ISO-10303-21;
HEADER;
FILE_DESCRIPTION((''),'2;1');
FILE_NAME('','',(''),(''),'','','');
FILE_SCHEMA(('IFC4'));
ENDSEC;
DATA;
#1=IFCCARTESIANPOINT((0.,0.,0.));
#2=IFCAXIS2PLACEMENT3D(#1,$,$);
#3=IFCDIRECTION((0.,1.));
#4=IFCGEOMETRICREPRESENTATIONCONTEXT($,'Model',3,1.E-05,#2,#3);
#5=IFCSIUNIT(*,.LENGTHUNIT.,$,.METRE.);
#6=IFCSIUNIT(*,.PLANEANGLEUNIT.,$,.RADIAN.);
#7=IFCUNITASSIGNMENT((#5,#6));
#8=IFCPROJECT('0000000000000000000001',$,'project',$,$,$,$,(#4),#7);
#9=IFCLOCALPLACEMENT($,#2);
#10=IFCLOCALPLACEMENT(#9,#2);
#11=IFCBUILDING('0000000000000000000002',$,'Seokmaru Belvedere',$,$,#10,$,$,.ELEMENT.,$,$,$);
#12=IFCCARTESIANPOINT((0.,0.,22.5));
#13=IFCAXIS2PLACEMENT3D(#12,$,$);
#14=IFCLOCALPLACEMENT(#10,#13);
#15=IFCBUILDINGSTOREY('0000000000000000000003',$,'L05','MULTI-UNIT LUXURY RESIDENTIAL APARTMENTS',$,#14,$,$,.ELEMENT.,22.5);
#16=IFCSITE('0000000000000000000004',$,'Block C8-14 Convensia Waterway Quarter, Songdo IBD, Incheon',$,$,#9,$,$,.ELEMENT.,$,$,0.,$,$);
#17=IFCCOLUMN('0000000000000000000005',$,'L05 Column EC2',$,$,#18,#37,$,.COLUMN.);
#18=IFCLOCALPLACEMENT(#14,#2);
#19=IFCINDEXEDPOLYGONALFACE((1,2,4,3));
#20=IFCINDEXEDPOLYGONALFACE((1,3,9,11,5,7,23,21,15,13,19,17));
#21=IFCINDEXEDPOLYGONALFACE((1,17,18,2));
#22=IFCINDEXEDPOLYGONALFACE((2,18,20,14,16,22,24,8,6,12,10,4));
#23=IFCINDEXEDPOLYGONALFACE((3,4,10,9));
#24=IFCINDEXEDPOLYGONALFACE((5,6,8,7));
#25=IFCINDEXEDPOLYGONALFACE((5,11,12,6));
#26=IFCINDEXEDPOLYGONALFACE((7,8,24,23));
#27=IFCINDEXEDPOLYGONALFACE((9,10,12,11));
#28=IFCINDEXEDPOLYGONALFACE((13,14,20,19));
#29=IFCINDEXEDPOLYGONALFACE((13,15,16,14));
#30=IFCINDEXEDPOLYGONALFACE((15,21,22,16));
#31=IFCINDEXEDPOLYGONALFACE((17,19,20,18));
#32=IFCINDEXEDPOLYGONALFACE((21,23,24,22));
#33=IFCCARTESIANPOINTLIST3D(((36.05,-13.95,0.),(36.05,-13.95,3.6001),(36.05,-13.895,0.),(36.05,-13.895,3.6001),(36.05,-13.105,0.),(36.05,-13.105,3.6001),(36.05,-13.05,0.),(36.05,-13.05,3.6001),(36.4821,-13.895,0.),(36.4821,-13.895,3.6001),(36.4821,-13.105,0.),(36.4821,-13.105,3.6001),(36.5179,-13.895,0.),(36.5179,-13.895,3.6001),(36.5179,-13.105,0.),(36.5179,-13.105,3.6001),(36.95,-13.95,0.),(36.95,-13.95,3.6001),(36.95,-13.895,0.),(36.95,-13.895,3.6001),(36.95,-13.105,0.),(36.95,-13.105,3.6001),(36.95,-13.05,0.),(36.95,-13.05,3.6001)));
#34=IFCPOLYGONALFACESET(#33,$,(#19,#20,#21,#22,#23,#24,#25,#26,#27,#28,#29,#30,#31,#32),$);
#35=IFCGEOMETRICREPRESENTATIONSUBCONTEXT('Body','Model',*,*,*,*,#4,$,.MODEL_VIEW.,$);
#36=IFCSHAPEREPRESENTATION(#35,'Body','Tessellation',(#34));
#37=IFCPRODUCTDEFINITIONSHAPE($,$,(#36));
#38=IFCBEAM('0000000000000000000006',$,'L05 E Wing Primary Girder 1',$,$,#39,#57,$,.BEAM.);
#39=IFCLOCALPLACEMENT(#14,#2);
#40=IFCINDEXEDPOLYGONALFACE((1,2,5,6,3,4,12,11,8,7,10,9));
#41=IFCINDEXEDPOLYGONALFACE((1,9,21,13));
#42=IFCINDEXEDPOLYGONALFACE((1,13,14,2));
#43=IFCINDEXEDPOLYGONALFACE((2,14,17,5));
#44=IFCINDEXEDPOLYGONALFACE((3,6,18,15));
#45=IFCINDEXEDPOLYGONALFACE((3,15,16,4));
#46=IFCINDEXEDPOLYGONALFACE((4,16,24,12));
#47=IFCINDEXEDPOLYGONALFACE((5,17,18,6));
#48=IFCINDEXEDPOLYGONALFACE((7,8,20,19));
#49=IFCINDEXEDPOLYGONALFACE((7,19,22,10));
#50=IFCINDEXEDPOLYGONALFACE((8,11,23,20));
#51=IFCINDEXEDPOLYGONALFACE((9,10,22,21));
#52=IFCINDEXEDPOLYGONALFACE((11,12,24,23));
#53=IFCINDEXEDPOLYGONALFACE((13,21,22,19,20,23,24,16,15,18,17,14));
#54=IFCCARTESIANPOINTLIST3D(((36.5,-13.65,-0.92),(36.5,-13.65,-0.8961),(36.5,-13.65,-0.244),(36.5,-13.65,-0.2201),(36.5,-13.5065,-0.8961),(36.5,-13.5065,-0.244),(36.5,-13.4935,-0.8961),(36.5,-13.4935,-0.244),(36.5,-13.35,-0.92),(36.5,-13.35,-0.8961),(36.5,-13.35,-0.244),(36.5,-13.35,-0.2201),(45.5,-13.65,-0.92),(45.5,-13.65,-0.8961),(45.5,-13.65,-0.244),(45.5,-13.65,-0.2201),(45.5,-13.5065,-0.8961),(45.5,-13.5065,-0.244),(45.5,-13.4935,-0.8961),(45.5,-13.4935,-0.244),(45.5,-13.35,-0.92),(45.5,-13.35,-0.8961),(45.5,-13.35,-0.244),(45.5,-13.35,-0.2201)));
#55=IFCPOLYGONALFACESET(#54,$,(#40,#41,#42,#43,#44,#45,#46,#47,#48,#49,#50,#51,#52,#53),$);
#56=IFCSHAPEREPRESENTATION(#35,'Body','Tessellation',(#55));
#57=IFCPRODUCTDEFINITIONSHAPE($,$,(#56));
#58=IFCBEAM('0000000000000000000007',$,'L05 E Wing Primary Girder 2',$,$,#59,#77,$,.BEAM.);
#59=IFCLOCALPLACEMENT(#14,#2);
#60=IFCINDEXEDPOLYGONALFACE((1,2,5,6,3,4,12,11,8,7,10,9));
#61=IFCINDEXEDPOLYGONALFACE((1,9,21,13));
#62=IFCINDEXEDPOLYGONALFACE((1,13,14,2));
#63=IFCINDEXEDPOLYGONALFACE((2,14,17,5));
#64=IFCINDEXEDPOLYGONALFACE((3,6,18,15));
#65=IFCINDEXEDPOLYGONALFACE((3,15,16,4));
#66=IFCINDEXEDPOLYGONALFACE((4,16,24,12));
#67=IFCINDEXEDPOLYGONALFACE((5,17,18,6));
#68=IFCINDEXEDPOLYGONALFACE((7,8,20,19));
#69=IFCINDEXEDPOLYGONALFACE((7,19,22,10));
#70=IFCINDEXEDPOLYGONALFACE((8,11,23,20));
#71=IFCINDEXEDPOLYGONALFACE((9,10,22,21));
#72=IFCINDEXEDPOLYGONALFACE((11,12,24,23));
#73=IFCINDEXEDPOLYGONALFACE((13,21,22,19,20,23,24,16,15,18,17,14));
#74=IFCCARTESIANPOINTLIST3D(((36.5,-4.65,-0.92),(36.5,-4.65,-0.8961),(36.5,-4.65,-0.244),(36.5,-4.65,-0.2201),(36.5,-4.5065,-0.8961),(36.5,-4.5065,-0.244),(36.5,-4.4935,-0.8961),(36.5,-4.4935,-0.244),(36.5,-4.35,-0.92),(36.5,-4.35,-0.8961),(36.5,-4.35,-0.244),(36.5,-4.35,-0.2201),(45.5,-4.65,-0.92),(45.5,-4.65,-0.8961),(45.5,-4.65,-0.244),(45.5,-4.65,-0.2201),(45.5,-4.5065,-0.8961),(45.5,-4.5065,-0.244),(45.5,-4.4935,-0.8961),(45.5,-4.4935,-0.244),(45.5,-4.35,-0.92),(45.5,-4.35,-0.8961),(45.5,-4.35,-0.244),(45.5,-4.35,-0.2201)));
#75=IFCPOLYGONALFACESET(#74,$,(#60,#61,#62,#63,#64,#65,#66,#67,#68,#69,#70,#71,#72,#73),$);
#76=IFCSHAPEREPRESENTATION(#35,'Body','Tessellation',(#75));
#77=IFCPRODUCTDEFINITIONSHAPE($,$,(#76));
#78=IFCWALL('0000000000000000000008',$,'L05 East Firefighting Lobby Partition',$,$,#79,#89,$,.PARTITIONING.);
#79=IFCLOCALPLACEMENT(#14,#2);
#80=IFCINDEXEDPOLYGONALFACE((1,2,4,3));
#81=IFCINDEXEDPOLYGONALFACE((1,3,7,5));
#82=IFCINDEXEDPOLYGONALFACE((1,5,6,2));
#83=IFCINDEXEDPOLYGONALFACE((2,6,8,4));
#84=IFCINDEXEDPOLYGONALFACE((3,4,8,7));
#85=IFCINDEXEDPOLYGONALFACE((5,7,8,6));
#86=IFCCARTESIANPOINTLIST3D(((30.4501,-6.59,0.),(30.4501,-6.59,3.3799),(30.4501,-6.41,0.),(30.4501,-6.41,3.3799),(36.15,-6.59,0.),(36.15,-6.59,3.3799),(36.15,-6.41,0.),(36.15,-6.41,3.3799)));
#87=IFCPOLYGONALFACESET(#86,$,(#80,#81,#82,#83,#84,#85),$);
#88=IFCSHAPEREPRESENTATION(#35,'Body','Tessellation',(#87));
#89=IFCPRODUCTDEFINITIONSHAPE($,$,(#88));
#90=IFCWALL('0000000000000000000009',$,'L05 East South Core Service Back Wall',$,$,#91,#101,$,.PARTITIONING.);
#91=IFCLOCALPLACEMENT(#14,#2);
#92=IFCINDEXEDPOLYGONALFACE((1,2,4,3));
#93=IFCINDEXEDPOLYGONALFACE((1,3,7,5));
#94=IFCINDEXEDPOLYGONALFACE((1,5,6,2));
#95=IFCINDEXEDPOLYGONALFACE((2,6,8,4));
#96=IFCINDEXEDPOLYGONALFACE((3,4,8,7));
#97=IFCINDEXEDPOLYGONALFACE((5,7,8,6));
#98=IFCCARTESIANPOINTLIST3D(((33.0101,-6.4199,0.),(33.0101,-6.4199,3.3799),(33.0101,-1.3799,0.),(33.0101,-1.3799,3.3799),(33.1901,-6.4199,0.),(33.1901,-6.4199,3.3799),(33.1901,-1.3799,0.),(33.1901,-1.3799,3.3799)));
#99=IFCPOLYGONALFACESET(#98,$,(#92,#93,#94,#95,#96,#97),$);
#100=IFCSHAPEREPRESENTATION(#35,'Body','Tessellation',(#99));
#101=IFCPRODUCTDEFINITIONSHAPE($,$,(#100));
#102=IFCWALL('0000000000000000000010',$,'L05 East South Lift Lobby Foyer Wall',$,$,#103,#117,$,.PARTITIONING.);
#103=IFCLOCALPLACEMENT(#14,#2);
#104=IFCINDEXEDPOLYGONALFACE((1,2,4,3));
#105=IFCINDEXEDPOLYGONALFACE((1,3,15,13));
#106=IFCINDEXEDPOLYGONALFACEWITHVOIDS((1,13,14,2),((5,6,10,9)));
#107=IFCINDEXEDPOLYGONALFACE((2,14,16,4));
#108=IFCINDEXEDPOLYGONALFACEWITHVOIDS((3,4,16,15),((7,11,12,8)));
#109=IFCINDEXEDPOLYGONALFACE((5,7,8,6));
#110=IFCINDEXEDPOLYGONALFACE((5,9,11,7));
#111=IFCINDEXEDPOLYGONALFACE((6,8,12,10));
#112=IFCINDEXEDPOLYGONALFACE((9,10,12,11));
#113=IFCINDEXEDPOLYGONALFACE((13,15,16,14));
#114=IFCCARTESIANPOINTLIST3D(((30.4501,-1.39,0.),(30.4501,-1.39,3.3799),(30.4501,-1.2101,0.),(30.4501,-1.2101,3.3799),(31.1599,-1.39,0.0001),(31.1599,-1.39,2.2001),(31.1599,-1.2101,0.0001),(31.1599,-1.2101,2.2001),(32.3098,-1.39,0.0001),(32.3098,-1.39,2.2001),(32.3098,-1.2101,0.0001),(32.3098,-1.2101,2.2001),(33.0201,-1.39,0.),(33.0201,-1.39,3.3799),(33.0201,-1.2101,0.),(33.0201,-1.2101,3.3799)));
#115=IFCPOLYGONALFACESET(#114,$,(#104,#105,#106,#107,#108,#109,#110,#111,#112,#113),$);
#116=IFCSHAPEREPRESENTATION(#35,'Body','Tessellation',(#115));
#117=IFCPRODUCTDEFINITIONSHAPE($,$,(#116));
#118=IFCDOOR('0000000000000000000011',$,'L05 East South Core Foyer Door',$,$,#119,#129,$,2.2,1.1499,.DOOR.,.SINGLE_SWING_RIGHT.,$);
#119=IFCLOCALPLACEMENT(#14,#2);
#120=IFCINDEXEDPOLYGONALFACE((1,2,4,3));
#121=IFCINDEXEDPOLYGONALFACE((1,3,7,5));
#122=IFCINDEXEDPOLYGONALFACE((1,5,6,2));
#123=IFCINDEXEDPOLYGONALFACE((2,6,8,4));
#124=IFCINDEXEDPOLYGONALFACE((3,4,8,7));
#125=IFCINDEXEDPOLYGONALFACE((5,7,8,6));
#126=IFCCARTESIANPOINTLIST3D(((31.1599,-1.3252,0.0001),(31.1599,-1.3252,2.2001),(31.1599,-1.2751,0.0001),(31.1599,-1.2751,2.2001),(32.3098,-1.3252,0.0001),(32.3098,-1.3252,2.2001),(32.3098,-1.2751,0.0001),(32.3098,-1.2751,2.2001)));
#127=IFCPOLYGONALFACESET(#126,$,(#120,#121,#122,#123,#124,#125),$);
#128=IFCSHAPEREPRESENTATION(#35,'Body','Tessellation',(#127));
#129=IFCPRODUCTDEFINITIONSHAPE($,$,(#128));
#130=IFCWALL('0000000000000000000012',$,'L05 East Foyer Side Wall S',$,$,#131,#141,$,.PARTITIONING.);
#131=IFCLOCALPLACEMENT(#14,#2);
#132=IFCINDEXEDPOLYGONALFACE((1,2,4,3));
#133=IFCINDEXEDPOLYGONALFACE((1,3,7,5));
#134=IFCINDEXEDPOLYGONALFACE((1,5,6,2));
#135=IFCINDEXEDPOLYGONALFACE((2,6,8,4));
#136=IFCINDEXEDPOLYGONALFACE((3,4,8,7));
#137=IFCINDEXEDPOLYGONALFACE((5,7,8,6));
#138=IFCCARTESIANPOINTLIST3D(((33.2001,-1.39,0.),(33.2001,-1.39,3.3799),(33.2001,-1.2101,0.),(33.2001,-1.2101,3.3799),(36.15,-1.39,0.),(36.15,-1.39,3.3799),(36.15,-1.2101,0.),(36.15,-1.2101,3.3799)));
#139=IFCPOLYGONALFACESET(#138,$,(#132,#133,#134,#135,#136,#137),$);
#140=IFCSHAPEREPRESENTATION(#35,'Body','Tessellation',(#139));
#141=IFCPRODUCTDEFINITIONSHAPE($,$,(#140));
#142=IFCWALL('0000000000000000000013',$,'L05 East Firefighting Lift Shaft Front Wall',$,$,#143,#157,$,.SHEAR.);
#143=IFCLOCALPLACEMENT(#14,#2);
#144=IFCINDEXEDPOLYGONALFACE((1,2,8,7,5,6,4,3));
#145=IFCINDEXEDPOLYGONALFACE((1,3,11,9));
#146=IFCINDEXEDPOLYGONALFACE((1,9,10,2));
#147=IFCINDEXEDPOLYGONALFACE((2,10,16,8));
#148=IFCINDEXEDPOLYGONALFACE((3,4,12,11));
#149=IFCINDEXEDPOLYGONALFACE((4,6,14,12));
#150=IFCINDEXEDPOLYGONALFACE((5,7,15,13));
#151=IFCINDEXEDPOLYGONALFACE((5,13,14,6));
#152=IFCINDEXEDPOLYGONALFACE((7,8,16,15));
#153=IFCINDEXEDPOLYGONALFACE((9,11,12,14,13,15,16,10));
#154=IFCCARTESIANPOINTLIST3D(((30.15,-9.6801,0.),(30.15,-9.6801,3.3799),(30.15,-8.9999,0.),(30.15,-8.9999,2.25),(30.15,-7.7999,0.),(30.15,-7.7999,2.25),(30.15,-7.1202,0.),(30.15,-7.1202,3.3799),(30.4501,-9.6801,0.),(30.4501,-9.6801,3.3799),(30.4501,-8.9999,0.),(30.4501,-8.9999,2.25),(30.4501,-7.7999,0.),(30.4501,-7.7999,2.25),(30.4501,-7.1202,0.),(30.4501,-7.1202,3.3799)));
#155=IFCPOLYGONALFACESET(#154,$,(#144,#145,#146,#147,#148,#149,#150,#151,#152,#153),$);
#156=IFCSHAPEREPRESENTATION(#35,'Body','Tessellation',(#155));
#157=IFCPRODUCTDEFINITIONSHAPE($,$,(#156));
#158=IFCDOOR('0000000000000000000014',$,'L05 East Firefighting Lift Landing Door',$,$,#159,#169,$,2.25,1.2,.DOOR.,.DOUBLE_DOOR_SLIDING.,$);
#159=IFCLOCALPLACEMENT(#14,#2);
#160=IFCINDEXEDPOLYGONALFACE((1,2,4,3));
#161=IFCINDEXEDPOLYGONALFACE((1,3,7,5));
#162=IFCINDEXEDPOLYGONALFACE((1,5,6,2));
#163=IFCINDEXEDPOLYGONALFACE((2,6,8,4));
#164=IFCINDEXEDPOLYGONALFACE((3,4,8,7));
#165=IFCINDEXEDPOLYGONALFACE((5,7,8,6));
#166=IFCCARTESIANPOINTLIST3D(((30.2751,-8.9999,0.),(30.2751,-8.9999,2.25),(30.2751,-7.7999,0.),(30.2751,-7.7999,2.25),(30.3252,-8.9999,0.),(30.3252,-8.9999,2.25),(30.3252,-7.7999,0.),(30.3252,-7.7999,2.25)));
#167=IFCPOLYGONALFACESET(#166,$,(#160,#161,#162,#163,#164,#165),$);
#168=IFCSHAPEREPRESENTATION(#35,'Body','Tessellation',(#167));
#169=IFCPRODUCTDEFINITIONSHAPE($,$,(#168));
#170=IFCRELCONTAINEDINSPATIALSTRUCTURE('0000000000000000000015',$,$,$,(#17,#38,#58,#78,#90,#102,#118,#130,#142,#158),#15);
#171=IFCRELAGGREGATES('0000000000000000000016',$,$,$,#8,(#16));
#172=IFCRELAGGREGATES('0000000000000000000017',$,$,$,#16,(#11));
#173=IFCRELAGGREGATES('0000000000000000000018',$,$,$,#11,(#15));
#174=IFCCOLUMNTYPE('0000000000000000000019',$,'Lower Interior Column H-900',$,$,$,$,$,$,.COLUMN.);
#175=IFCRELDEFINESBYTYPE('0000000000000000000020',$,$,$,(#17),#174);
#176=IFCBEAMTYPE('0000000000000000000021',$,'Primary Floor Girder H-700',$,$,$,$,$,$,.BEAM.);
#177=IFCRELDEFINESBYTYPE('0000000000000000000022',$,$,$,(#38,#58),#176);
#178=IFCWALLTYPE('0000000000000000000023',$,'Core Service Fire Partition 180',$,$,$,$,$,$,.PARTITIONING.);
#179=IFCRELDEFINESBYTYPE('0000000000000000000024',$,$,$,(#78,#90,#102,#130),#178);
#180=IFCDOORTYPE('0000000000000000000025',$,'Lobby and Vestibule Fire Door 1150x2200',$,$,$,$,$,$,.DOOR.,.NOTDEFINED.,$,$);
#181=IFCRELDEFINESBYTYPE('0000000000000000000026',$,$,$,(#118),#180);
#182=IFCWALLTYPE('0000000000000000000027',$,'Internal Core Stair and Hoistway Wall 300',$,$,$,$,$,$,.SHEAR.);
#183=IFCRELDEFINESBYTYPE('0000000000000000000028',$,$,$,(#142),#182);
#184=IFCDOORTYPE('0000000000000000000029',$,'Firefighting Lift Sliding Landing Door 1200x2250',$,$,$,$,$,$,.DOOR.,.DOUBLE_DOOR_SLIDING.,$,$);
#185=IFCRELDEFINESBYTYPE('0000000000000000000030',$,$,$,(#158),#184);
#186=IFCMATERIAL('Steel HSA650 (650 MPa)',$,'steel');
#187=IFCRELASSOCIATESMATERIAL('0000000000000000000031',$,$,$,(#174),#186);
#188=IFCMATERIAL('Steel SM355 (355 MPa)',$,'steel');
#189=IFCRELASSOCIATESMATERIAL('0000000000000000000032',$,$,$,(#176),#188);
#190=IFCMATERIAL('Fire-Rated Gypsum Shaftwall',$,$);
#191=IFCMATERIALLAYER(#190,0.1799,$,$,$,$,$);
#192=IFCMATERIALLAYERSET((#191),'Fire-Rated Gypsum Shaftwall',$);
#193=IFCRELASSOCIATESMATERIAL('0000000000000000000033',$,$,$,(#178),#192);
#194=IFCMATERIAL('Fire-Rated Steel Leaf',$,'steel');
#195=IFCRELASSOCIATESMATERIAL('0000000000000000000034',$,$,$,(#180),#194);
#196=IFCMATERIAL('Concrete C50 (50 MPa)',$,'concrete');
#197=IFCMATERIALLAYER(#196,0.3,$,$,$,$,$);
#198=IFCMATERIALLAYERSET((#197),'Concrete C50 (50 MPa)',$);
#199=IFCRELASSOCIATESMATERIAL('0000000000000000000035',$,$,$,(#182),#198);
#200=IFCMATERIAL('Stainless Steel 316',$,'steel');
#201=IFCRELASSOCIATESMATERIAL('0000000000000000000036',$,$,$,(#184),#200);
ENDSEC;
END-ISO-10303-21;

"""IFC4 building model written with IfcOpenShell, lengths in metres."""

from ifc_helpers import new_model, si_unit, direction, frame, frame_2d, origin, origin_2d, place, context, subcontext, project, spatial, rectangle, i_section, extrude, source, transform, mapped, material, layer, layer_set, material_profile, profile_set, type_object, type_shapes, element, fill, save


model = new_model("IFC4")

# Units and contexts
model_context = context("Model", 3, precision=1e-05, world=origin(), true_north=direction((0.0, 1.0)))
body_context = subcontext(model_context, "Body", "Model", "MODEL_VIEW")
ifc_project = project(units=[si_unit("LENGTHUNIT", "METRE"), si_unit("PLANEANGLEUNIT", "RADIAN")], contexts=[model_context])

# Site, building, storey
site_placement = place(None, origin())
site = spatial("IfcSite", under=ifc_project, at=site_placement, Name="Block C8-14 Convensia Waterway Quarter, Songdo IBD, Incheon", CompositionType="ELEMENT", RefElevation=0.0)
building_placement = place(site_placement, origin())
building = spatial("IfcBuilding", under=site, at=building_placement, Name="Seokmaru Belvedere", CompositionType="ELEMENT")
storey_placement = place(building_placement, frame((0.0, 0.0, 22.5)))
storey = spatial("IfcBuildingStorey", under=building, at=storey_placement, Name="L05", Description="MULTI-UNIT LUXURY RESIDENTIAL APARTMENTS", CompositionType="ELEMENT", Elevation=22.5)

# Column
ifc_material_1 = material(Name="Steel HSA650 (650 MPa)", Category="steel")
ifc_material_profile_1 = material_profile(ifc_material_1, i_section(OverallWidth=0.8999, OverallDepth=0.8999, WebThickness=0.0359, FlangeThickness=0.0549, at=origin_2d()), Name="H-900x900x36x55")
ifc_profile_set_1 = profile_set([ifc_material_profile_1], Name="Steel HSA650 (650 MPa)")
column_type = type_object("IfcColumnType", Name="Lower Interior Column H-900", PredefinedType="COLUMN", material=ifc_profile_set_1)
shared_shape_1 = source(origin(), body_context, "Body", "SweptSolid", [
    extrude(i_section(OverallWidth=0.8999, OverallDepth=0.8999, WebThickness=0.0359, FlangeThickness=0.0549, at=origin_2d()), origin(), (0.0, 0.0, 1.0), 3.6001),
])
type_shapes(column_type, [shared_shape_1])
column_placement = place(storey_placement, frame((36.5, -13.5, 0.0), z_axis=(0.0, 0.0, 1.0), x_axis=(1.0, 0.0, 0.0)))
element("IfcColumn", 1, at=column_placement, inside=storey, type_object=column_type, Name="L05 Column EC2", PredefinedType="COLUMN", context=body_context, shape_type="MappedRepresentation", body=[
    mapped(shared_shape_1, transform((0.0, 0.0, 0.0), scale=1.0)),
])

# Beams
ifc_material_2 = material(Name="Steel SM355 (355 MPa)", Category="steel")
ifc_material_profile_2 = material_profile(ifc_material_2, i_section(OverallWidth=0.3, OverallDepth=0.7, WebThickness=0.0129, FlangeThickness=0.0239, at=origin_2d()), Name="H-700x300x13x24")
ifc_profile_set_2 = profile_set([ifc_material_profile_2], Name="Steel SM355 (355 MPa)")
beam_type = type_object("IfcBeamType", Name="Primary Floor Girder H-700", PredefinedType="BEAM", material=ifc_profile_set_2)
shared_shape_2 = source(origin(), body_context, "Body", "SweptSolid", [
    extrude(i_section(OverallWidth=0.3, OverallDepth=0.7, WebThickness=0.0129, FlangeThickness=0.0239, at=origin_2d()), origin(), (0.0, 0.0, 1.0), 9.0),
])
type_shapes(beam_type, [shared_shape_2])
for number, where, z_axis, x_axis, name in (
    (2, (36.5, -13.5, -0.5701), (1.0, 0.0, 0.0), (0.0, 1.0, 0.0), "L05 E Wing Primary Girder 1"),
    (3, (36.5, -4.5, -0.5701), (1.0, 0.0, 0.0), (0.0, 1.0, 0.0), "L05 E Wing Primary Girder 2"),
):
    element("IfcBeam", number, at=place(storey_placement, frame(where, z_axis=z_axis, x_axis=x_axis)), inside=storey, type_object=beam_type, Name=name, PredefinedType="BEAM", context=body_context, shape_type="MappedRepresentation", body=[
        mapped(shared_shape_2, transform((0.0, 0.0, 0.0), scale=1.0)),
    ])

# Walls
ifc_material_3 = material(Name="Fire-Rated Gypsum Shaftwall")
ifc_layer_1 = layer(ifc_material_3, 0.1799)
ifc_layer_set_1 = layer_set([ifc_layer_1], Name="Fire-Rated Gypsum Shaftwall")
wall_type_1 = type_object("IfcWallType", Name="Core Service Fire Partition 180", PredefinedType="PARTITIONING", material=ifc_layer_set_1)
wall_1_placement = place(storey_placement, frame((30.45, -6.5, 0.0), z_axis=(0.0, 0.0, 1.0), x_axis=(1.0, 0.0, 0.0)))
element("IfcWall", 4, at=wall_1_placement, inside=storey, type_object=wall_type_1, Name="L05 East Firefighting Lobby Partition", PredefinedType="PARTITIONING", context=body_context, shape_type="SweptSolid", body=[
    extrude(rectangle(XDim=5.7, YDim=0.1799, at=frame_2d((2.8501, 0.0))), origin(), (0.0, 0.0, 1.0), 3.3799),
])
wall_2_placement = place(storey_placement, frame((33.1001, -6.4199, 0.0), z_axis=(0.0, 0.0, 1.0), x_axis=(0.0, 1.0, 0.0)))
element("IfcWall", 5, at=wall_2_placement, inside=storey, type_object=wall_type_1, Name="L05 East South Core Service Back Wall", PredefinedType="PARTITIONING", context=body_context, shape_type="SweptSolid", body=[
    extrude(rectangle(XDim=5.04, YDim=0.1799, at=frame_2d((2.52, 0.0))), origin(), (0.0, 0.0, 1.0), 3.3799),
])

# Wall, opening, door
wall_3_placement = place(storey_placement, frame((30.45, -1.3, 0.0), z_axis=(0.0, 0.0, 1.0), x_axis=(1.0, 0.0, 0.0)))
wall_3 = element("IfcWall", 6, at=wall_3_placement, inside=storey, type_object=wall_type_1, Name="L05 East South Lift Lobby Foyer Wall", PredefinedType="PARTITIONING", context=body_context, shape_type="SweptSolid", body=[
    extrude(rectangle(XDim=2.5701, YDim=0.1799, at=frame_2d((1.2852, 0.0))), origin(), (0.0, 0.0, 1.0), 3.3799),
])
opening_1_placement = place(wall_3_placement, frame((0.71, 0.0, 0.0)))
opening_1 = element("IfcOpeningElement", 7, at=opening_1_placement, cuts=wall_3, PredefinedType="OPENING", context=body_context, shape_type="SweptSolid", body=[
    extrude(rectangle(XDim=1.1499, YDim=2.2, at=frame_2d((0.575, 1.1001))), frame((0.0, 0.1001, 0.0), z_axis=(0.0, -1.0, 0.0), x_axis=(1.0, 0.0, 0.0)), (0.0, 0.0, 1.0), 0.2),
])
ifc_material_4 = material(Name="Fire-Rated Steel Leaf", Category="steel")
door_type_1 = type_object("IfcDoorType", Name="Lobby and Vestibule Fire Door 1150x2200", OperationType="NOTDEFINED", PredefinedType="DOOR", material=ifc_material_4)
shared_shape_3 = source(origin(), body_context, "Body", "SweptSolid", [
    extrude(rectangle(XDim=1.1499, YDim=2.2, at=frame_2d((0.575, 1.1001))), frame((0.0, 0.0249, 0.0), z_axis=(0.0, -1.0, 0.0), x_axis=(1.0, 0.0, 0.0)), (0.0, 0.0, 1.0), 0.05),
])
type_shapes(door_type_1, [shared_shape_3])
door_1_placement = place(opening_1_placement, origin())
door_1 = element("IfcDoor", 8, at=door_1_placement, inside=storey, type_object=door_type_1, Name="L05 East South Core Foyer Door", OperationType="SINGLE_SWING_RIGHT", OverallHeight=2.2, OverallWidth=1.1499, PredefinedType="DOOR", context=body_context, shape_type="MappedRepresentation", body=[
    mapped(shared_shape_3, transform((0.0, 0.0, 0.0), scale=1.0)),
])
fill(opening_1, door_1)

# Wall
wall_4_placement = place(storey_placement, frame((33.2, -1.3, 0.0), z_axis=(0.0, 0.0, 1.0), x_axis=(1.0, 0.0, 0.0)))
element("IfcWall", 9, at=wall_4_placement, inside=storey, type_object=wall_type_1, Name="L05 East Foyer Side Wall S", PredefinedType="PARTITIONING", context=body_context, shape_type="SweptSolid", body=[
    extrude(rectangle(XDim=2.95, YDim=0.1799, at=frame_2d((1.4751, 0.0))), origin(), (0.0, 0.0, 1.0), 3.3799),
])

# Wall, opening, door
ifc_material_5 = material(Name="Concrete C50 (50 MPa)", Category="concrete")
ifc_layer_2 = layer(ifc_material_5, 0.3)
ifc_layer_set_2 = layer_set([ifc_layer_2], Name="Concrete C50 (50 MPa)")
wall_type_2 = type_object("IfcWallType", Name="Internal Core Stair and Hoistway Wall 300", PredefinedType="SHEAR", material=ifc_layer_set_2)
wall_5_placement = place(storey_placement, frame((30.3, -9.6799, 0.0), z_axis=(0.0, 0.0, 1.0), x_axis=(0.0, 1.0, 0.0)))
wall_5 = element("IfcWall", 10, at=wall_5_placement, inside=storey, type_object=wall_type_2, Name="L05 East Firefighting Lift Shaft Front Wall", PredefinedType="SHEAR", context=body_context, shape_type="SweptSolid", body=[
    extrude(rectangle(XDim=2.5598, YDim=0.3, at=frame_2d((1.2798, 0.0))), origin(), (0.0, 0.0, 1.0), 3.3799),
])
opening_2_placement = place(wall_5_placement, frame((0.6799, 0.0, 0.0)))
opening_2 = element("IfcOpeningElement", 11, at=opening_2_placement, cuts=wall_5, PredefinedType="OPENING", context=body_context, shape_type="SweptSolid", body=[
    extrude(rectangle(XDim=1.2, YDim=2.25, at=frame_2d((0.6001, 1.125))), frame((0.0, 0.1602, 0.0), z_axis=(0.0, -1.0, 0.0), x_axis=(1.0, 0.0, 0.0)), (0.0, 0.0, 1.0), 0.3201),
])
ifc_material_6 = material(Name="Stainless Steel 316", Category="steel")
door_type_2 = type_object("IfcDoorType", Name="Firefighting Lift Sliding Landing Door 1200x2250", OperationType="DOUBLE_DOOR_SLIDING", PredefinedType="DOOR", material=ifc_material_6)
shared_shape_4 = source(origin(), body_context, "Body", "SweptSolid", [
    extrude(rectangle(XDim=1.2, YDim=2.25, at=frame_2d((0.6001, 1.125))), frame((0.0, 0.0249, 0.0), z_axis=(0.0, -1.0, 0.0), x_axis=(1.0, 0.0, 0.0)), (0.0, 0.0, 1.0), 0.05),
])
type_shapes(door_type_2, [shared_shape_4])
door_2_placement = place(opening_2_placement, origin())
door_2 = element("IfcDoor", 12, at=door_2_placement, inside=storey, type_object=door_type_2, Name="L05 East Firefighting Lift Landing Door", OperationType="DOUBLE_DOOR_SLIDING", OverallHeight=2.25, OverallWidth=1.2, PredefinedType="DOOR", context=body_context, shape_type="MappedRepresentation", body=[
    mapped(shared_shape_4, transform((0.0, 0.0, 0.0), scale=1.0)),
])
fill(opening_2, door_2)

save(model, "model.ifc")
